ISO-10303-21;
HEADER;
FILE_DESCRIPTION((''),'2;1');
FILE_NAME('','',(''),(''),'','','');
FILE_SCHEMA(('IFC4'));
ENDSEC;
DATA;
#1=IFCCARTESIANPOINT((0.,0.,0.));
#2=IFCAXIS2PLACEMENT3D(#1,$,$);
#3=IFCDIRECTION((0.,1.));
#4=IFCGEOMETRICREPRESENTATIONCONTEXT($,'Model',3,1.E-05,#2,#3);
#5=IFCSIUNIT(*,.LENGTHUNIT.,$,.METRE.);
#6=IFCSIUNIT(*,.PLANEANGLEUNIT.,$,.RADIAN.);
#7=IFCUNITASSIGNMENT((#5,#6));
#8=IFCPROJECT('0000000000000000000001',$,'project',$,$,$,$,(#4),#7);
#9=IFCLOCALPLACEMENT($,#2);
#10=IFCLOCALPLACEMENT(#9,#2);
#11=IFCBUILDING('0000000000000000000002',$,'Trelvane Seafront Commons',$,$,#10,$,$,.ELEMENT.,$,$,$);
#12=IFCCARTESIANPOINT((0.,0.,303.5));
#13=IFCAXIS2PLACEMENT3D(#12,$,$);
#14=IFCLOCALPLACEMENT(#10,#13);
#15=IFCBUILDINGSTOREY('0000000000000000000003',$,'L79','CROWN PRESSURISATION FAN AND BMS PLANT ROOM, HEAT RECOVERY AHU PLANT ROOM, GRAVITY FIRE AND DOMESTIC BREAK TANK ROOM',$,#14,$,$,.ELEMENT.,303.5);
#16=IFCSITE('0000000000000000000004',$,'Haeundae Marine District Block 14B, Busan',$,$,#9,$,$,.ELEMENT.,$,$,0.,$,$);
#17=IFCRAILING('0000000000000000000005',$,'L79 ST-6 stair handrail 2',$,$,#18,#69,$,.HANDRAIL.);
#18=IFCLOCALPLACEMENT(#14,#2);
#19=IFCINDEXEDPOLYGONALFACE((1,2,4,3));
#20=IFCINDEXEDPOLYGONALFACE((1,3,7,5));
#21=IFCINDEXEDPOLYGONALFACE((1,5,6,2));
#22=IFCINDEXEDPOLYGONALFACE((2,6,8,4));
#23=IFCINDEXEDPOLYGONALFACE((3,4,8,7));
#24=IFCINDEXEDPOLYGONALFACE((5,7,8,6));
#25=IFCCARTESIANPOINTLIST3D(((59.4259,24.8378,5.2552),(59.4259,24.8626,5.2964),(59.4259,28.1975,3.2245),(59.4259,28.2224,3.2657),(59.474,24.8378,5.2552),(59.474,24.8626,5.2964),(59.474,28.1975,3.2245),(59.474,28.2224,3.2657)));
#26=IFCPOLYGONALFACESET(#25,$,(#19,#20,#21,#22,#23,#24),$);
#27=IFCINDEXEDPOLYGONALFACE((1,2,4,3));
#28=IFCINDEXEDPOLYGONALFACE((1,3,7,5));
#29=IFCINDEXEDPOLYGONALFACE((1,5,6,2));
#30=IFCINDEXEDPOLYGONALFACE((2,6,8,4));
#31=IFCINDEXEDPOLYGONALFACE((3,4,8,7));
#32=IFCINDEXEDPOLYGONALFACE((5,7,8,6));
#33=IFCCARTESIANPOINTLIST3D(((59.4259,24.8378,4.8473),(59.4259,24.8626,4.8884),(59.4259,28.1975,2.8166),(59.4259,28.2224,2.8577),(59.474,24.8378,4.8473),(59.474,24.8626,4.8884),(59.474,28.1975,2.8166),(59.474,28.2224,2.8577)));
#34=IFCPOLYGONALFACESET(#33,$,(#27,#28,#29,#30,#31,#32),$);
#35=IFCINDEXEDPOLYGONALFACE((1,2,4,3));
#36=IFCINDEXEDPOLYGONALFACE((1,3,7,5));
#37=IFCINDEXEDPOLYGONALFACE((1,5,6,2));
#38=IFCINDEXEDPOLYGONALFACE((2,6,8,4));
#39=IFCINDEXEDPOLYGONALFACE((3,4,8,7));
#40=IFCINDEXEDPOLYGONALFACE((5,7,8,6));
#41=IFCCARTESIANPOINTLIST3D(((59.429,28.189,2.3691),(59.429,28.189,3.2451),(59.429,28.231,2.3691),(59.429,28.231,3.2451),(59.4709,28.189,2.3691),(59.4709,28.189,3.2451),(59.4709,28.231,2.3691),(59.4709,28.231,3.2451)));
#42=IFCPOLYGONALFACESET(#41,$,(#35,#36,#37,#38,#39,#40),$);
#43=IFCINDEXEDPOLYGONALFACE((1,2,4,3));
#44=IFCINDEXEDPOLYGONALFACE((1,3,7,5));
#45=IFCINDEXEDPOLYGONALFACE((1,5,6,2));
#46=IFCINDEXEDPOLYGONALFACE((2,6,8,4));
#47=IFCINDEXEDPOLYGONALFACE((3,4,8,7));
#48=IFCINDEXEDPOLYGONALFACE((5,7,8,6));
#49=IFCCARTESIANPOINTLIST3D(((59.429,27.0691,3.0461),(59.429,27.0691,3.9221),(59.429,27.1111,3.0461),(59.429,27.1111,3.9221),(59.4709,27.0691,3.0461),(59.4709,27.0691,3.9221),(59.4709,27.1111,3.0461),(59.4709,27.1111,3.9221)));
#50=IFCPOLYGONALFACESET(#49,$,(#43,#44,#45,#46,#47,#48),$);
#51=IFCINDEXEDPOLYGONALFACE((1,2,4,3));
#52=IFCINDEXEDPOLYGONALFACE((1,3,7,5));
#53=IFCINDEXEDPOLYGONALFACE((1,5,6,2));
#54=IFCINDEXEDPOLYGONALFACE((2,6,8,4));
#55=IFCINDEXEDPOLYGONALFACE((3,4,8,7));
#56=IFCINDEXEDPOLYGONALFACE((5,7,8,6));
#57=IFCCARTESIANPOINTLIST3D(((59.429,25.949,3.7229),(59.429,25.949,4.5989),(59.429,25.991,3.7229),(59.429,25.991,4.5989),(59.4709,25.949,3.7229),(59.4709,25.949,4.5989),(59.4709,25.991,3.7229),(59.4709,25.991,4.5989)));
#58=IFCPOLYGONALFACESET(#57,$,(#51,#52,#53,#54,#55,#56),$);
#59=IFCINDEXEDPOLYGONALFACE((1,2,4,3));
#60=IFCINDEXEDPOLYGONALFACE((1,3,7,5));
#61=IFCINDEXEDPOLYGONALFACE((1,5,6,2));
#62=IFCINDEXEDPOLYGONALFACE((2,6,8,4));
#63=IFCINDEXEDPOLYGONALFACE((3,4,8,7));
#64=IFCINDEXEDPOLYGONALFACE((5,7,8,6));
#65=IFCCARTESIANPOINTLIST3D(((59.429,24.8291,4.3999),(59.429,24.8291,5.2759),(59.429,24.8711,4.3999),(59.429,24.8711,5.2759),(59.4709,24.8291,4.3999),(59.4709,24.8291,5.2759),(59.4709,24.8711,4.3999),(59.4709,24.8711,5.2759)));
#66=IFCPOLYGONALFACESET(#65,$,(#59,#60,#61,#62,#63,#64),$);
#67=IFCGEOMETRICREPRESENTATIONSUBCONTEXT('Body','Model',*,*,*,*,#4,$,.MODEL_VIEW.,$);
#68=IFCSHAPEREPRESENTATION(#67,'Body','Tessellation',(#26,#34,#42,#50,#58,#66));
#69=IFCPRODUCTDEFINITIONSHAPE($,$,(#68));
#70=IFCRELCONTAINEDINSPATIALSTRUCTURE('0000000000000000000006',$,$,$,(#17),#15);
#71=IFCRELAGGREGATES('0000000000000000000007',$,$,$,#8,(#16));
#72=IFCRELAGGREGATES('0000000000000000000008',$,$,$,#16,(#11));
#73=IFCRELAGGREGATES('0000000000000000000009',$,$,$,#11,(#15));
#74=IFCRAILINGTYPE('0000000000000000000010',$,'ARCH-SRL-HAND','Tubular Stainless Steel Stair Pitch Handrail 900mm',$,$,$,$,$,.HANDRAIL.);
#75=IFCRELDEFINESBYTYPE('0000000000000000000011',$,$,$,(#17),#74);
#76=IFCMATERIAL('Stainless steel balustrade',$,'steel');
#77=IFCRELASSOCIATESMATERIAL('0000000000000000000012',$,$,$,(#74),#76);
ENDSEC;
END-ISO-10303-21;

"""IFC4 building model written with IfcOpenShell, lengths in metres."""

from ifc_helpers import new_model, si_unit, direction, frame, origin, origin_2d, place, context, subcontext, project, spatial, rectangle, extrude, material, type_object, element, save


model = new_model("IFC4")

# Units and contexts
model_context = context("Model", 3, precision=1e-05, world=origin(), true_north=direction((0.0, 1.0)))
body_context = subcontext(model_context, "Body", "Model", "MODEL_VIEW")
ifc_project = project(units=[si_unit("LENGTHUNIT", "METRE"), si_unit("PLANEANGLEUNIT", "RADIAN")], contexts=[model_context])

# Site, building, storey
site_placement = place(None, origin())
site = spatial("IfcSite", under=ifc_project, at=site_placement, Name="Haeundae Marine District Block 14B, Busan", CompositionType="ELEMENT", RefElevation=0.0)
building_placement = place(site_placement, origin())
building = spatial("IfcBuilding", under=site, at=building_placement, Name="Trelvane Seafront Commons", CompositionType="ELEMENT")
storey_placement = place(building_placement, frame((0.0, 0.0, 303.5)))
storey = spatial("IfcBuildingStorey", under=building, at=storey_placement, Name="L79", Description="CROWN PRESSURISATION FAN AND BMS PLANT ROOM, HEAT RECOVERY AHU PLANT ROOM, GRAVITY FIRE AND DOMESTIC BREAK TANK ROOM", CompositionType="ELEMENT", Elevation=303.5)

# Railing
ifc_material_1 = material(Name="Stainless steel balustrade", Category="steel")
railing_type_1 = type_object("IfcRailingType", Name="ARCH-SRL-HAND", Description="Tubular Stainless Steel Stair Pitch Handrail 900mm", PredefinedType="HANDRAIL", material=ifc_material_1)
railing_1_placement = place(storey_placement, frame((59.45, 28.21, 2.3691)))
element("IfcRailing", 1, at=railing_1_placement, inside=storey, type_object=railing_type_1, Name="L79 ST-6 stair handrail 2", PredefinedType="HANDRAIL", context=body_context, shape_type="SweptSolid", body=[
    extrude(rectangle(XDim=0.0481, YDim=0.0481, at=origin_2d()), frame((0.0, 0.0, 0.876), z_axis=(0.0, -0.85582, 0.517273), x_axis=(1.0, 0.0, 0.0)), (0.0, 0.0, 1.0), 3.9258),
    extrude(rectangle(XDim=0.0481, YDim=0.0481, at=origin_2d()), frame((0.0, 0.0, 0.468), z_axis=(0.0, -0.85582, 0.517273), x_axis=(1.0, 0.0, 0.0)), (0.0, 0.0, 1.0), 3.9258),
    extrude(rectangle(XDim=0.042, YDim=0.042, at=origin_2d()), origin(), (0.0, 0.0, 1.0), 0.876),
    extrude(rectangle(XDim=0.042, YDim=0.042, at=origin_2d()), frame((0.0, -1.1199, 0.677)), (0.0, 0.0, 1.0), 0.876),
    extrude(rectangle(XDim=0.042, YDim=0.042, at=origin_2d()), frame((0.0, -2.24, 1.3538)), (0.0, 0.0, 1.0), 0.876),
    extrude(rectangle(XDim=0.042, YDim=0.042, at=origin_2d()), frame((0.0, -3.3599, 2.0308)), (0.0, 0.0, 1.0), 0.876),
])

save(model, "model.ifc")
